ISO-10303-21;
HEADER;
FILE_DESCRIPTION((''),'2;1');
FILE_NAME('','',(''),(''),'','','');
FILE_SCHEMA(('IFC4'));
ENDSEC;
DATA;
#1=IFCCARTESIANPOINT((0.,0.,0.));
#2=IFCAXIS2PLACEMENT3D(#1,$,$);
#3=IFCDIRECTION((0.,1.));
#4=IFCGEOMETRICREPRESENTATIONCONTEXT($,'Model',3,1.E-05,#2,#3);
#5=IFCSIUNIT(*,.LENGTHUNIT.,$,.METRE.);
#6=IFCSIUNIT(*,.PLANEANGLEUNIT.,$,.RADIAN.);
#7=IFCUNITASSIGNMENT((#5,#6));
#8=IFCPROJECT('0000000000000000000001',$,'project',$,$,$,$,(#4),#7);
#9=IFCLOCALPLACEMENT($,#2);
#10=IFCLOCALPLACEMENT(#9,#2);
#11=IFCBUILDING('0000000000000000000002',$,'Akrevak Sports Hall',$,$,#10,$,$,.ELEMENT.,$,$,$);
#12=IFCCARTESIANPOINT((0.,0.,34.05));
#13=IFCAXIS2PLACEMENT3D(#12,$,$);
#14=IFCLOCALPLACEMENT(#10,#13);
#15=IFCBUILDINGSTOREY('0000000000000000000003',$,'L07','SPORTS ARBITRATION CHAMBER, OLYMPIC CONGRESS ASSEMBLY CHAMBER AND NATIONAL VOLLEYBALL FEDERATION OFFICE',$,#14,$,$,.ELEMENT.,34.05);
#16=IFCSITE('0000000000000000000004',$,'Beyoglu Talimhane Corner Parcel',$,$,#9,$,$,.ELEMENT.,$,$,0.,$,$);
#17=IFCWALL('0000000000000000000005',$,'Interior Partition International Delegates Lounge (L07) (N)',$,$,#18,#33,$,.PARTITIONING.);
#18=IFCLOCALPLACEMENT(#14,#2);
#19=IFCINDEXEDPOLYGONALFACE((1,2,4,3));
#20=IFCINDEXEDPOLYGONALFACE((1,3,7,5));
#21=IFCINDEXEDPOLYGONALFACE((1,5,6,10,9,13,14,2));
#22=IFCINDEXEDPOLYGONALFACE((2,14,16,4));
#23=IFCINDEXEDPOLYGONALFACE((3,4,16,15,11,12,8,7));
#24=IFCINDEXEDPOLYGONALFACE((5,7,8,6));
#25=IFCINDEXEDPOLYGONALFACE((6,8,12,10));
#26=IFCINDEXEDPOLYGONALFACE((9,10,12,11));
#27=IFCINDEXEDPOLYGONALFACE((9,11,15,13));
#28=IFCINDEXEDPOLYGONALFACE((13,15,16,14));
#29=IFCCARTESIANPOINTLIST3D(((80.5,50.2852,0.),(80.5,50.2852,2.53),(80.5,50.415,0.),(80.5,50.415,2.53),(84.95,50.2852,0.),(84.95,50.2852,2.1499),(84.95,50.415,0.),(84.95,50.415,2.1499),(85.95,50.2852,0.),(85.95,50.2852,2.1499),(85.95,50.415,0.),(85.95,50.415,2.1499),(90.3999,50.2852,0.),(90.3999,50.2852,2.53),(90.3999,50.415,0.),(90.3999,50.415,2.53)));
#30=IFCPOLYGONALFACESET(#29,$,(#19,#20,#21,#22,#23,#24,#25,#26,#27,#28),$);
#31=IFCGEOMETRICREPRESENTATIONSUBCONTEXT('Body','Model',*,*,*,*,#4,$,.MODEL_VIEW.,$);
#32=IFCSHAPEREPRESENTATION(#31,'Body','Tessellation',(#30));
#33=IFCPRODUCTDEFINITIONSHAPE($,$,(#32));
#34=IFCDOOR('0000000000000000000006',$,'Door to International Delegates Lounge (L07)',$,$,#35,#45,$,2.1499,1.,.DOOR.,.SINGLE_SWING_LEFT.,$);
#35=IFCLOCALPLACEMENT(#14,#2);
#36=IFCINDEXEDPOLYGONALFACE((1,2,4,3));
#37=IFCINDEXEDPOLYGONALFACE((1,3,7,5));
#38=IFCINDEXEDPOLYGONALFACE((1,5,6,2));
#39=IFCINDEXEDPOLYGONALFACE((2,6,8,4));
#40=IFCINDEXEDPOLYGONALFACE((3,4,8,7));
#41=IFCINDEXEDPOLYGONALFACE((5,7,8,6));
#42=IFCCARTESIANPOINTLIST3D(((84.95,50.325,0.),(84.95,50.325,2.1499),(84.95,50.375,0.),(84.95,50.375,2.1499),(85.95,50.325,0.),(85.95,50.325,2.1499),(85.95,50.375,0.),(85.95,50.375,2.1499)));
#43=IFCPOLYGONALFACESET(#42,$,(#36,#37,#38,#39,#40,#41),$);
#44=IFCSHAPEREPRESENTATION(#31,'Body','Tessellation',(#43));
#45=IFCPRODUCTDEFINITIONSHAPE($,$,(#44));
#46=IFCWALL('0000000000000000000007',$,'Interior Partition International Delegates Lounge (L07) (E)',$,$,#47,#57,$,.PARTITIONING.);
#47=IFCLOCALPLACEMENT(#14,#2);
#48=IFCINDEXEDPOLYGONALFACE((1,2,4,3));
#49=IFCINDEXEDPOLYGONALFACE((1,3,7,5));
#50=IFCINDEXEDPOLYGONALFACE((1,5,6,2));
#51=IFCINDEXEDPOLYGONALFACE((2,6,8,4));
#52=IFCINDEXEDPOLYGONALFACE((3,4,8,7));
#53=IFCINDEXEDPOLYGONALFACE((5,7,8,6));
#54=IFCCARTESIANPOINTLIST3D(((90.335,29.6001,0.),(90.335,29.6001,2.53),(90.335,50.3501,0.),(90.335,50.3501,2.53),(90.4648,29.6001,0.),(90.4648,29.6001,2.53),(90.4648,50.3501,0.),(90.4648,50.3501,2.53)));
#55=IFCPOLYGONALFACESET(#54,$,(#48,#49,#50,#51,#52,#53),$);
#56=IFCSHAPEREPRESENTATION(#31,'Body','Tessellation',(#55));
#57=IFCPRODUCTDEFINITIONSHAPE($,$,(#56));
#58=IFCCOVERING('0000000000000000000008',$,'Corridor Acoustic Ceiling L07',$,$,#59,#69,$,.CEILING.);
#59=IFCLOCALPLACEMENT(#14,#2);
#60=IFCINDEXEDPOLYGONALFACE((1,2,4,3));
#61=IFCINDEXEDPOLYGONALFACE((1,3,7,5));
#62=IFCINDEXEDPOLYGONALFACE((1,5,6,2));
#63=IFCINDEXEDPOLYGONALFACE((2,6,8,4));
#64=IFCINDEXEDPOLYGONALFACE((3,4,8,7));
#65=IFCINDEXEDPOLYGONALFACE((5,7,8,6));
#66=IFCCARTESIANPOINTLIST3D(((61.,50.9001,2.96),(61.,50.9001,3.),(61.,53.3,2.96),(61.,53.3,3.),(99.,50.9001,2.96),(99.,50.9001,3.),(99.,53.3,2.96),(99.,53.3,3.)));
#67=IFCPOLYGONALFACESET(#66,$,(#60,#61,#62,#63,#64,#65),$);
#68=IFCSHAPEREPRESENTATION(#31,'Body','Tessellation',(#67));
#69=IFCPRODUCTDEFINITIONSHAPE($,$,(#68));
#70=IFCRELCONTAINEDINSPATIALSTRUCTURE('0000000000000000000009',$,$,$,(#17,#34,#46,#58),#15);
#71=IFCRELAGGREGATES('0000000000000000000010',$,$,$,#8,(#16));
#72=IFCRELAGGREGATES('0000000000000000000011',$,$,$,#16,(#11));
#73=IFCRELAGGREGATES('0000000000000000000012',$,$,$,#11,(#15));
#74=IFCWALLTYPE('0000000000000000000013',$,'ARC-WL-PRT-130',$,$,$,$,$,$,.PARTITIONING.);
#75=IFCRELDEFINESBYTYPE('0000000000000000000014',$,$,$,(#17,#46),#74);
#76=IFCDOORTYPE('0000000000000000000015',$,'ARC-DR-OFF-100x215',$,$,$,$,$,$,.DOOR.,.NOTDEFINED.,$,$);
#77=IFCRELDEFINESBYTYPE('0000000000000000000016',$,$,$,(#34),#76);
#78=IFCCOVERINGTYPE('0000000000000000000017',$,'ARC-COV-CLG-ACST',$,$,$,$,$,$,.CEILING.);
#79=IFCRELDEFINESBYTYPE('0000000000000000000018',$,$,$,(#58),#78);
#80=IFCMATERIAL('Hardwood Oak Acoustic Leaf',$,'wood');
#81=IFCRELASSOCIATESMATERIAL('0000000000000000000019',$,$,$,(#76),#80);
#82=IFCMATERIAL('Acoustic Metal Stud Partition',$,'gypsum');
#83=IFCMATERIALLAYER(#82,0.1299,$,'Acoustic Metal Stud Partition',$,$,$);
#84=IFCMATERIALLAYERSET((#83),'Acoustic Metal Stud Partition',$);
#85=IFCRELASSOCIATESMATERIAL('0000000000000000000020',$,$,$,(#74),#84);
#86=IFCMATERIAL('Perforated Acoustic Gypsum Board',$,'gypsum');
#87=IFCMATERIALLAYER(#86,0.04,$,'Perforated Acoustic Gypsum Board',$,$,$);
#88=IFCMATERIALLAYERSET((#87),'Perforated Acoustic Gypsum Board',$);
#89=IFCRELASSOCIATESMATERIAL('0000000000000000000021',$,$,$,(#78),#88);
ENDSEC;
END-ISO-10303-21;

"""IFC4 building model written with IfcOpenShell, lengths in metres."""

from ifc_helpers import new_model, si_unit, direction, frame, frame_2d, origin, origin_2d, place, context, subcontext, project, spatial, rectangle, extrude, material, layer, layer_set, type_object, element, fill, save


model = new_model("IFC4")

# Units and contexts
model_context = context("Model", 3, precision=1e-05, world=origin(), true_north=direction((0.0, 1.0)))
body_context = subcontext(model_context, "Body", "Model", "MODEL_VIEW")
ifc_project = project(units=[si_unit("LENGTHUNIT", "METRE"), si_unit("PLANEANGLEUNIT", "RADIAN")], contexts=[model_context])

# Site, building, storey
site_placement = place(None, origin())
site = spatial("IfcSite", under=ifc_project, at=site_placement, Name="Beyoglu Talimhane Corner Parcel", CompositionType="ELEMENT", RefElevation=0.0)
building_placement = place(site_placement, origin())
building = spatial("IfcBuilding", under=site, at=building_placement, Name="Akrevak Sports Hall", CompositionType="ELEMENT")
storey_placement = place(building_placement, frame((0.0, 0.0, 34.05)))
storey = spatial("IfcBuildingStorey", under=building, at=storey_placement, Name="L07", Description="SPORTS ARBITRATION CHAMBER, OLYMPIC CONGRESS ASSEMBLY CHAMBER AND NATIONAL VOLLEYBALL FEDERATION OFFICE", CompositionType="ELEMENT", Elevation=34.05)

# Shared definitions
ifc_material_1 = material(Name="Hardwood Oak Acoustic Leaf", Category="wood")
door_type_1 = type_object("IfcDoorType", Name="ARC-DR-OFF-100x215", OperationType="NOTDEFINED", PredefinedType="DOOR", material=ifc_material_1)

# Wall, opening, door
ifc_material_2 = material(Name="Acoustic Metal Stud Partition", Category="gypsum")
ifc_layer_1 = layer(ifc_material_2, 0.1299, Name="Acoustic Metal Stud Partition")
ifc_layer_set_1 = layer_set([ifc_layer_1], Name="Acoustic Metal Stud Partition")
wall_type_1 = type_object("IfcWallType", Name="ARC-WL-PRT-130", PredefinedType="PARTITIONING", material=ifc_layer_set_1)
wall_1_placement = place(storey_placement, frame((80.5, 50.3501, 0.0), z_axis=(0.0, 0.0, 1.0), x_axis=(1.0, 0.0, 0.0)))
wall_1 = element("IfcWall", 1, at=wall_1_placement, inside=storey, type_object=wall_type_1, Name="Interior Partition International Delegates Lounge (L07) (N)", PredefinedType="PARTITIONING", context=body_context, shape_type="SweptSolid", body=[
    extrude(rectangle(XDim=9.8999, YDim=0.1299, at=frame_2d((4.95, 0.0))), origin(), (0.0, 0.0, 1.0), 2.53),
])
opening_1_placement = place(wall_1_placement, frame((4.45, 0.0, 0.0)))
opening_1 = element("IfcOpeningElement", 2, at=opening_1_placement, cuts=wall_1, PredefinedType="OPENING", context=body_context, shape_type="SweptSolid", body=[
    extrude(rectangle(XDim=1.0, YDim=2.1499, at=frame_2d((0.5, 1.075))), frame((0.0, 0.0769, 0.0), z_axis=(0.0, -1.0, 0.0), x_axis=(1.0, 0.0, 0.0)), (0.0, 0.0, 1.0), 0.1538),
])
door_1_placement = place(opening_1_placement, origin())
door_1 = element("IfcDoor", 3, at=door_1_placement, inside=storey, type_object=door_type_1, Name="Door to International Delegates Lounge (L07)", OperationType="SINGLE_SWING_LEFT", OverallHeight=2.1499, OverallWidth=1.0, PredefinedType="DOOR", context=body_context, shape_type="SweptSolid", body=[
    extrude(rectangle(XDim=1.0, YDim=2.1499, at=frame_2d((0.5, 1.075))), frame((0.0, 0.0249, 0.0), z_axis=(0.0, -1.0, 0.0), x_axis=(1.0, 0.0, 0.0)), (0.0, 0.0, 1.0), 0.05),
])
fill(opening_1, door_1)

# Wall
wall_2_placement = place(storey_placement, frame((90.3999, 29.6001, 0.0), z_axis=(0.0, 0.0, 1.0), x_axis=(0.0, 1.0, 0.0)))
element("IfcWall", 4, at=wall_2_placement, inside=storey, type_object=wall_type_1, Name="Interior Partition International Delegates Lounge (L07) (E)", PredefinedType="PARTITIONING", context=body_context, shape_type="SweptSolid", body=[
    extrude(rectangle(XDim=20.75, YDim=0.1299, at=frame_2d((10.375, 0.0))), origin(), (0.0, 0.0, 1.0), 2.53),
])

# Covering
ifc_material_3 = material(Name="Perforated Acoustic Gypsum Board", Category="gypsum")
ifc_layer_2 = layer(ifc_material_3, 0.04, Name="Perforated Acoustic Gypsum Board")
ifc_layer_set_2 = layer_set([ifc_layer_2], Name="Perforated Acoustic Gypsum Board")
covering_type = type_object("IfcCoveringType", Name="ARC-COV-CLG-ACST", PredefinedType="CEILING", material=ifc_layer_set_2)
covering_placement = place(storey_placement, frame((80.0, 52.1001, 2.96), z_axis=(0.0, 0.0, 1.0), x_axis=(1.0, 0.0, 0.0)))
element("IfcCovering", 5, at=covering_placement, inside=storey, type_object=covering_type, Name="Corridor Acoustic Ceiling L07", PredefinedType="CEILING", context=body_context, shape_type="SweptSolid", body=[
    extrude(rectangle(XDim=38.0, YDim=2.3999, at=origin_2d()), origin(), (0.0, 0.0, 1.0), 0.04),
])

save(model, "model.ifc")
